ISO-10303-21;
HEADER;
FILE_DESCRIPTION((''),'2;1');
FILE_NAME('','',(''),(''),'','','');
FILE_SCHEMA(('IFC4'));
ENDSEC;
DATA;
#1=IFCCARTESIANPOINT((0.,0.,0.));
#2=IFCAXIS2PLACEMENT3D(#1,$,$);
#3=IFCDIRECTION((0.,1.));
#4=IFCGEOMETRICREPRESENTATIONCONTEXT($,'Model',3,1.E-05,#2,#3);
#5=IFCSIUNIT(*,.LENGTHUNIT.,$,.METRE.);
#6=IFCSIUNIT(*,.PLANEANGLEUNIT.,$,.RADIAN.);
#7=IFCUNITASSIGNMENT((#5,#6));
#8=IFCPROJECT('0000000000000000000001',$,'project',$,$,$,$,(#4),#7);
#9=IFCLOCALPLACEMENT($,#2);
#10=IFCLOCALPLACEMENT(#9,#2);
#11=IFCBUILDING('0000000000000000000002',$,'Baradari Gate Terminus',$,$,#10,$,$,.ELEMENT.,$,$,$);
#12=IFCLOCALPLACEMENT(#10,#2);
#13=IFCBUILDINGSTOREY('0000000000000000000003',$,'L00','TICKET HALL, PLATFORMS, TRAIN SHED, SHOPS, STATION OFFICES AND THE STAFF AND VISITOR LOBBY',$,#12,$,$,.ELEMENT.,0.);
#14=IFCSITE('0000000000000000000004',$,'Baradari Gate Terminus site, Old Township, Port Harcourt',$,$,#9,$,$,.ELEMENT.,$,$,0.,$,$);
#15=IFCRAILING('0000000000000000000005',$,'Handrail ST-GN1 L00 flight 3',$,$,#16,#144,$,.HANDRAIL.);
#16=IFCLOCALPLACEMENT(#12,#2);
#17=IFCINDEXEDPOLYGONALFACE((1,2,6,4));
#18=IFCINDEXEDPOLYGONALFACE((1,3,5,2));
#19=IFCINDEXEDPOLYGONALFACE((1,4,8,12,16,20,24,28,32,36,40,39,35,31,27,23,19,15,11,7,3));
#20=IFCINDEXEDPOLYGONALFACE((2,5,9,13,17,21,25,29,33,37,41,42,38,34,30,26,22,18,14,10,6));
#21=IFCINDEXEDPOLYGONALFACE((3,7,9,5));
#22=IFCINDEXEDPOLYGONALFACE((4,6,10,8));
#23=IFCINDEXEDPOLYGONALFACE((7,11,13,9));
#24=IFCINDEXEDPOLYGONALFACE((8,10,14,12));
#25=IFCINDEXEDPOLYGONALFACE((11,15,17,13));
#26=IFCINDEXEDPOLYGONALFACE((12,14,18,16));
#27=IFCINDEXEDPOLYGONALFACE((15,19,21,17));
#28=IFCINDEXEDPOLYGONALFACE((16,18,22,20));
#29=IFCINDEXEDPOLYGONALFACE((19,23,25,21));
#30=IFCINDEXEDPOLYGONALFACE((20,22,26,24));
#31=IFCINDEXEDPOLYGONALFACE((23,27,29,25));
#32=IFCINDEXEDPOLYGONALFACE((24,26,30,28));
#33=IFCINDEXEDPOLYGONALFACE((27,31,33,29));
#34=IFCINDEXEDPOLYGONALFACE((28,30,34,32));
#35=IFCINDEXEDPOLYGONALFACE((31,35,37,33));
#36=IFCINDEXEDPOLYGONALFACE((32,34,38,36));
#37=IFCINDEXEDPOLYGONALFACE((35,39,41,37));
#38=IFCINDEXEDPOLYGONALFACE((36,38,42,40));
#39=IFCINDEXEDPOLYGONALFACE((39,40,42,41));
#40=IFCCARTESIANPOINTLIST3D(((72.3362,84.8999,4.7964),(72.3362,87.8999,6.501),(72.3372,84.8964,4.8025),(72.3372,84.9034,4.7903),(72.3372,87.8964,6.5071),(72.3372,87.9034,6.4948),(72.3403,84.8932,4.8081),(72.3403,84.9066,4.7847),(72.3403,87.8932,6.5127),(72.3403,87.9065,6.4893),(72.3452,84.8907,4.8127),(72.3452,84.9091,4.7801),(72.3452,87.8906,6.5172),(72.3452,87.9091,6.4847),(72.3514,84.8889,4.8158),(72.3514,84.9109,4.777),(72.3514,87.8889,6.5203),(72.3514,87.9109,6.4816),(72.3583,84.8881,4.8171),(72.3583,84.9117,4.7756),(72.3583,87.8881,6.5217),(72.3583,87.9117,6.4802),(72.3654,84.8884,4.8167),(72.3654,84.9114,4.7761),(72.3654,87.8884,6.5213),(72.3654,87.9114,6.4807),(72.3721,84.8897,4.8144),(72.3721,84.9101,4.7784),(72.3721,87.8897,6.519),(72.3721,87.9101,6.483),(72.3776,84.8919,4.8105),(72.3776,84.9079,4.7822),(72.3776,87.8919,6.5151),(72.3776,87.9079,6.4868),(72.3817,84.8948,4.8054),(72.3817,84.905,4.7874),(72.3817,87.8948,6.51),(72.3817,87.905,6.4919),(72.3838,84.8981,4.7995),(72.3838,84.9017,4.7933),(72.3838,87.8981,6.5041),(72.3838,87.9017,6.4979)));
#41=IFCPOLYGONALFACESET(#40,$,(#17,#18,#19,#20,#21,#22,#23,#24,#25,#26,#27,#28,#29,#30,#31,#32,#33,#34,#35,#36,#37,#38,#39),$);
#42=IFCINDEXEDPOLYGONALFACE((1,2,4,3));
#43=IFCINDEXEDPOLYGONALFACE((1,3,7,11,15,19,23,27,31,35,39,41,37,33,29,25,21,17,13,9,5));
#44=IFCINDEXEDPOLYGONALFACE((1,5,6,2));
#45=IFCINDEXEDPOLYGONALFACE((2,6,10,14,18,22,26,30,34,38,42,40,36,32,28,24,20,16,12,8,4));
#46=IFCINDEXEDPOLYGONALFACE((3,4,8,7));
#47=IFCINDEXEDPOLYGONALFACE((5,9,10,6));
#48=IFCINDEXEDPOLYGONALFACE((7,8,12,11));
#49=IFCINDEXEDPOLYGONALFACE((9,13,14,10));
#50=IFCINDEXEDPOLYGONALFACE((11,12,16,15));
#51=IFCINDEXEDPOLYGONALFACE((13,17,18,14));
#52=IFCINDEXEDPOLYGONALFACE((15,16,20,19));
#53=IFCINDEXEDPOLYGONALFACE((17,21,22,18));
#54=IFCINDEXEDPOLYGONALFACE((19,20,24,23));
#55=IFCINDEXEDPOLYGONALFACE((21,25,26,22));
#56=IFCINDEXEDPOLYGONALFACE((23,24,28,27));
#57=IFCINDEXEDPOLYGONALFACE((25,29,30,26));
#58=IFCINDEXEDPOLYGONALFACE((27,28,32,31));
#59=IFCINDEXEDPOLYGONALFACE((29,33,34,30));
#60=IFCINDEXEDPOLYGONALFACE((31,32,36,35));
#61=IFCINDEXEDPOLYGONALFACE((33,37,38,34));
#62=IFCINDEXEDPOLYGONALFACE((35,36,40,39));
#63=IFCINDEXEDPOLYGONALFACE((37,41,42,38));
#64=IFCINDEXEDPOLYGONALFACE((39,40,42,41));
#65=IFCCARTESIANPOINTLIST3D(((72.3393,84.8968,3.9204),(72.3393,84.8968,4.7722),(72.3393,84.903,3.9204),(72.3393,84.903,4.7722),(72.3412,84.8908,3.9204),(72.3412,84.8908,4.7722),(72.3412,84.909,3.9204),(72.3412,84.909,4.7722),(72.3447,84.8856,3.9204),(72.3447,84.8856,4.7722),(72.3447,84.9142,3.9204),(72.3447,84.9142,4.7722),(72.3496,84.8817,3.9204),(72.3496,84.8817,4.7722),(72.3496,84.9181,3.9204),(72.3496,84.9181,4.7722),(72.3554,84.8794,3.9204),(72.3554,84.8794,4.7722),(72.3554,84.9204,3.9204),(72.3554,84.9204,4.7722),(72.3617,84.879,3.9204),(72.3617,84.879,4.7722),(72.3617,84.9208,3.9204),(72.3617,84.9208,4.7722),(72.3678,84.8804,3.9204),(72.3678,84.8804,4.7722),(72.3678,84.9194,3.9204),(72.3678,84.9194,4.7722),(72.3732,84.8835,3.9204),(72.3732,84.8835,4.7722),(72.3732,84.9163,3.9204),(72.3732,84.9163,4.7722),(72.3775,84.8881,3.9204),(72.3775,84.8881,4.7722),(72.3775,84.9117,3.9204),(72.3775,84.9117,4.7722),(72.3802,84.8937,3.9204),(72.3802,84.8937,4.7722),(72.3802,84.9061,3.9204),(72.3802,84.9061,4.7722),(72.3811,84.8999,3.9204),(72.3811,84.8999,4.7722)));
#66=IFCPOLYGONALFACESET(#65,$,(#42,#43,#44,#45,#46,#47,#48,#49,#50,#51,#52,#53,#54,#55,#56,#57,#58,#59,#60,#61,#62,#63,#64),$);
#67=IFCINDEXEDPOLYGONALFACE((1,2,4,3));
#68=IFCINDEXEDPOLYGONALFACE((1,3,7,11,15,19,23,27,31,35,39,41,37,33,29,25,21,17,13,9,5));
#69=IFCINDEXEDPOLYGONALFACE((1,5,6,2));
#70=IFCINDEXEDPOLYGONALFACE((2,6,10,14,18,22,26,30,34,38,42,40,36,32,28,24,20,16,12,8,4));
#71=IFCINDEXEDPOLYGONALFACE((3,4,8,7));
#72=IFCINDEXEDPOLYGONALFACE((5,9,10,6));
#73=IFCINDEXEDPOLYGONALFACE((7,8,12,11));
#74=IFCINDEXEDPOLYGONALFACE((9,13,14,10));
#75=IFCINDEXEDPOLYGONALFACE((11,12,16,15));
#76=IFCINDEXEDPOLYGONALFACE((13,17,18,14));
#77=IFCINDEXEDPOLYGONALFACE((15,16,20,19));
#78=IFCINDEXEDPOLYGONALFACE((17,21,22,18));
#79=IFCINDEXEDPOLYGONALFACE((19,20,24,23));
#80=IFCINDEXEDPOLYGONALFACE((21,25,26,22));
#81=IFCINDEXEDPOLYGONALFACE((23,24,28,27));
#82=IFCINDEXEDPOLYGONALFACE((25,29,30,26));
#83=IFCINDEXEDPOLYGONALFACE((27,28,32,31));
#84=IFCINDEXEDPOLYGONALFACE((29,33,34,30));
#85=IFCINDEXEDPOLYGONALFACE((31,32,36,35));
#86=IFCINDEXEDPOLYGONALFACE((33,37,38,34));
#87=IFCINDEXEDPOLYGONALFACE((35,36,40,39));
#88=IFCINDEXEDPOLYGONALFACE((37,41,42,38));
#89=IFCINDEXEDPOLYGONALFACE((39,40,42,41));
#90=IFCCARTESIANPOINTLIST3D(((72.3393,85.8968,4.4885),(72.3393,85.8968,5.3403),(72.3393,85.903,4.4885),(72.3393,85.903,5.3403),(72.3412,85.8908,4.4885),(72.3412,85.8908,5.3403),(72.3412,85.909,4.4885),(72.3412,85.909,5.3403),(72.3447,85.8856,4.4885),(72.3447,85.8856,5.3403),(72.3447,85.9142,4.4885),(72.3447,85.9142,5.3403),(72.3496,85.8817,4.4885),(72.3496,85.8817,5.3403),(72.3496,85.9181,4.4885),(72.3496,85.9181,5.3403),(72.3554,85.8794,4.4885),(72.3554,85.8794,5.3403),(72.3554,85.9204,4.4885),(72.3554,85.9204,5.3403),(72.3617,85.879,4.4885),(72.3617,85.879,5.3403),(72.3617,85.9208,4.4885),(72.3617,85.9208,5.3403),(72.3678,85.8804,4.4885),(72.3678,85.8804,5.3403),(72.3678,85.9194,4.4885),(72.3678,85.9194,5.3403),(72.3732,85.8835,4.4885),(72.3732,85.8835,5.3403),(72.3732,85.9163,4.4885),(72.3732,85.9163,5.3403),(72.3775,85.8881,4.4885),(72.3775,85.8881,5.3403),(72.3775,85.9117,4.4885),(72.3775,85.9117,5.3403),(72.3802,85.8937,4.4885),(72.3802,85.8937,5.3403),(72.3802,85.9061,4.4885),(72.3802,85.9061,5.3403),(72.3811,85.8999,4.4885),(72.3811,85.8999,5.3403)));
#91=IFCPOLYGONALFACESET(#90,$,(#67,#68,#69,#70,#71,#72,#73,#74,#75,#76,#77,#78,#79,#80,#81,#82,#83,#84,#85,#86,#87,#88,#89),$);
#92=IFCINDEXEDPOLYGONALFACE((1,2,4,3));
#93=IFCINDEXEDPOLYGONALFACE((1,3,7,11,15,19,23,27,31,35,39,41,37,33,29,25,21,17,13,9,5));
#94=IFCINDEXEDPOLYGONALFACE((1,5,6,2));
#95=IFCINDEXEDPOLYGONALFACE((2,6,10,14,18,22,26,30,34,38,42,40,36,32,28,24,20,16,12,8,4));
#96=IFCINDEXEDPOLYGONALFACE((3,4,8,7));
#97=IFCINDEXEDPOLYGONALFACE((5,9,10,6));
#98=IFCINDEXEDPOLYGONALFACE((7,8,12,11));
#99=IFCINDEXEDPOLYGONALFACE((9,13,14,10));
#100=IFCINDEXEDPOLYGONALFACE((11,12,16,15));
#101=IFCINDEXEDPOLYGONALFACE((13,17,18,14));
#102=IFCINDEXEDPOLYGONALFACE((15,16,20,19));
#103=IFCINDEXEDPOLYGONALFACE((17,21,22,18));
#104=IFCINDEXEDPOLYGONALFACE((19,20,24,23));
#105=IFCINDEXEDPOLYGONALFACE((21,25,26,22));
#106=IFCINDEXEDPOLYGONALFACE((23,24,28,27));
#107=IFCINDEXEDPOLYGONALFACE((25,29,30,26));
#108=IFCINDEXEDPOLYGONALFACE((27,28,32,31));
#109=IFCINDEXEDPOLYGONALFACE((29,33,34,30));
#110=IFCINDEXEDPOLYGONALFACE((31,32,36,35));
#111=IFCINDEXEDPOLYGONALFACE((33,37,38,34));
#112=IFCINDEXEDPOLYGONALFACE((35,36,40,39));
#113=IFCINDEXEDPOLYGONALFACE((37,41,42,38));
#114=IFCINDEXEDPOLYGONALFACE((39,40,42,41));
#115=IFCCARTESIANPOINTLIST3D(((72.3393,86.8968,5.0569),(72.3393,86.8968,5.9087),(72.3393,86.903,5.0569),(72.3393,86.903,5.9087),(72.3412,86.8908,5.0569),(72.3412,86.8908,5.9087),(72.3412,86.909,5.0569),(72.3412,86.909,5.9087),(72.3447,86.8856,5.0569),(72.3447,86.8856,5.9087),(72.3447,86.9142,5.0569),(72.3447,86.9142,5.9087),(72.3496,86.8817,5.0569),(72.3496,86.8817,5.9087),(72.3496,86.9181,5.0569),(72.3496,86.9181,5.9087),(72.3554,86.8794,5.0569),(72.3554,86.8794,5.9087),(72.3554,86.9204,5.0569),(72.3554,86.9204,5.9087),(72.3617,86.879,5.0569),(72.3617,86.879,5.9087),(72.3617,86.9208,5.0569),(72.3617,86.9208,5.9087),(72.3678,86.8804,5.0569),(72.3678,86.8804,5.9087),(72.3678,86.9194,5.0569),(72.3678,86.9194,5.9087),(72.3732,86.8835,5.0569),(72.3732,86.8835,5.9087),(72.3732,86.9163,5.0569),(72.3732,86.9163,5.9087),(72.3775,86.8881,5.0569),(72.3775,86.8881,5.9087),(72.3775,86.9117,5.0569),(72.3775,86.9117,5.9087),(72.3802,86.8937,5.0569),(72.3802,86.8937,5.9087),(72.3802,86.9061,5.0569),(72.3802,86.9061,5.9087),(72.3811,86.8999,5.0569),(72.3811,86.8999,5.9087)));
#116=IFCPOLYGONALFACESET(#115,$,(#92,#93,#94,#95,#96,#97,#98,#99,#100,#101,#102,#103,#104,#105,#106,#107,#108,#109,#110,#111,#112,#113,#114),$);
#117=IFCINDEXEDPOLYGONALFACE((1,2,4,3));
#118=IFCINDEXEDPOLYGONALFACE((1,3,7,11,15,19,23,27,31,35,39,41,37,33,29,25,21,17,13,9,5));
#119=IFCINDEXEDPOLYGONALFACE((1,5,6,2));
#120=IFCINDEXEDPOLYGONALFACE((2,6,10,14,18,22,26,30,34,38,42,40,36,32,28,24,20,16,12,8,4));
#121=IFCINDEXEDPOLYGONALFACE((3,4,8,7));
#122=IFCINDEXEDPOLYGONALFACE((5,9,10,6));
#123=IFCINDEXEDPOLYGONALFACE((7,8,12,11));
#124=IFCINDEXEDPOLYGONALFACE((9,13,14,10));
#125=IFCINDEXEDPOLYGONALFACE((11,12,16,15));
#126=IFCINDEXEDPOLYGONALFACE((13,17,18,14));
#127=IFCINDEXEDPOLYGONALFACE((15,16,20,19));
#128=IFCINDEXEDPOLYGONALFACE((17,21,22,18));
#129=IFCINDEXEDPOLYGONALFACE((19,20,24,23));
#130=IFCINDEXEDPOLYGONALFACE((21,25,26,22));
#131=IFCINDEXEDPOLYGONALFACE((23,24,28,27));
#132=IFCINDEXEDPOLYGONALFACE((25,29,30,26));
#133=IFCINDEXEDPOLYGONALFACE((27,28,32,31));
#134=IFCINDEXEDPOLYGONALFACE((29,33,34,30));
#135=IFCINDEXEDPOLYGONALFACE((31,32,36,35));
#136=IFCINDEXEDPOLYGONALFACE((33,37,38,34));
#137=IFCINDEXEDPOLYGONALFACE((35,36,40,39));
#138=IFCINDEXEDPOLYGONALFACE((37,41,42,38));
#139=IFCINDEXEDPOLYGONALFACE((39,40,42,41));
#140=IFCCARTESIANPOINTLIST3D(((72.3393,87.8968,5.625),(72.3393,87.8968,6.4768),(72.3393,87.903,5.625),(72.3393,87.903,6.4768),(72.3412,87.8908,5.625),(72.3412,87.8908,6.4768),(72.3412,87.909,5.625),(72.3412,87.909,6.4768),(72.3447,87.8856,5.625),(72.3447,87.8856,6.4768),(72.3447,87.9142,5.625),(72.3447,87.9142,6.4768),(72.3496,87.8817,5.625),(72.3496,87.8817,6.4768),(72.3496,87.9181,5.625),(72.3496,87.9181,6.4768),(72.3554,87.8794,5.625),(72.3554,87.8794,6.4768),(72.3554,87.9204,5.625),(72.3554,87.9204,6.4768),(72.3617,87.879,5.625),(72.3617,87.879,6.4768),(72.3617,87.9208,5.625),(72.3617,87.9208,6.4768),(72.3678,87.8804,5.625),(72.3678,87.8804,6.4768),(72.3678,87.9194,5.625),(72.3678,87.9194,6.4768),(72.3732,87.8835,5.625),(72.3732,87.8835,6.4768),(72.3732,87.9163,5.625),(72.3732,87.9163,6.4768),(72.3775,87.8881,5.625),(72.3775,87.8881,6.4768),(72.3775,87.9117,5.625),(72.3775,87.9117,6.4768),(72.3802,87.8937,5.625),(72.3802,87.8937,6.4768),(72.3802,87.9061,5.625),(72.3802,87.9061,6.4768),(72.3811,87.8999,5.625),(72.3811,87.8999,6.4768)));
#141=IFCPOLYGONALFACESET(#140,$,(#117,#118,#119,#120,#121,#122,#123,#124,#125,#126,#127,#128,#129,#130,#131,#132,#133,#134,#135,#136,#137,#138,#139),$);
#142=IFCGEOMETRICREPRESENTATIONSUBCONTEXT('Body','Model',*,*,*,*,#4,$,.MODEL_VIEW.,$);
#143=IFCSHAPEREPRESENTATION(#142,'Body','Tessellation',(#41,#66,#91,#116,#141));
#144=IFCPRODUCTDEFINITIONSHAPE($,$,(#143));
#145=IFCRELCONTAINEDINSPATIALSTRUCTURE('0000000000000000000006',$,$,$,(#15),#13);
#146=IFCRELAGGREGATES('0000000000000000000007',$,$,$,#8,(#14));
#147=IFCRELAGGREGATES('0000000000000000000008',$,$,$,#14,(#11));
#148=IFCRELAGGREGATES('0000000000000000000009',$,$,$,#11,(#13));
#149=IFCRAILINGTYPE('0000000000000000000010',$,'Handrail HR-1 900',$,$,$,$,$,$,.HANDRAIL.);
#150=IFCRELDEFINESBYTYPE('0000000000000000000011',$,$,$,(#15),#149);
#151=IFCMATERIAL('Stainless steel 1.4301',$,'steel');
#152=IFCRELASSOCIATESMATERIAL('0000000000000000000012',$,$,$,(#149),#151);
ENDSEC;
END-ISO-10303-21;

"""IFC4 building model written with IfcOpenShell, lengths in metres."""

from ifc_helpers import new_model, si_unit, direction, frame, origin, origin_2d, place, context, subcontext, project, spatial, circle, extrude, material, type_object, element, save


model = new_model("IFC4")

# Units and contexts
model_context = context("Model", 3, precision=1e-05, world=origin(), true_north=direction((0.0, 1.0)))
body_context = subcontext(model_context, "Body", "Model", "MODEL_VIEW")
ifc_project = project(units=[si_unit("LENGTHUNIT", "METRE"), si_unit("PLANEANGLEUNIT", "RADIAN")], contexts=[model_context])

# Site, building, storey
site_placement = place(None, origin())
site = spatial("IfcSite", under=ifc_project, at=site_placement, Name="Baradari Gate Terminus site, Old Township, Port Harcourt", CompositionType="ELEMENT", RefElevation=0.0)
building_placement = place(site_placement, origin())
building = spatial("IfcBuilding", under=site, at=building_placement, Name="Baradari Gate Terminus", CompositionType="ELEMENT")
storey_placement = place(building_placement, origin())
storey = spatial("IfcBuildingStorey", under=building, at=storey_placement, Name="L00", Description="TICKET HALL, PLATFORMS, TRAIN SHED, SHOPS, STATION OFFICES AND THE STAFF AND VISITOR LOBBY", CompositionType="ELEMENT", Elevation=0.0)

# Railing
ifc_material_1 = material(Name="Stainless steel 1.4301", Category="steel")
railing_type_1 = type_object("IfcRailingType", Name="Handrail HR-1 900", PredefinedType="HANDRAIL", material=ifc_material_1)
for number, where, name in (
    (1, (72.3601, 84.8999, 3.9204), "Handrail ST-GN1 L00 flight 3"),
):
    element("IfcRailing", number, at=place(storey_placement, frame(where)), inside=storey, type_object=railing_type_1, Name=name, PredefinedType="HANDRAIL", context=body_context, shape_type="SweptSolid", body=[
        extrude(circle(Radius=0.0239, at=origin_2d()), frame((0.0, 0.0, 0.876), z_axis=(0.0, 0.869451, 0.494019), x_axis=(-1.0, 0.0, 0.0)), (0.0, 0.0, 1.0), 3.4504),
        extrude(circle(Radius=0.021, at=origin_2d()), origin(), (0.0, 0.0, 1.0), 0.8518),
        extrude(circle(Radius=0.021, at=origin_2d()), frame((0.0, 1.0, 0.5681)), (0.0, 0.0, 1.0), 0.8518),
        extrude(circle(Radius=0.021, at=origin_2d()), frame((0.0, 2.0, 1.1365)), (0.0, 0.0, 1.0), 0.8518),
        extrude(circle(Radius=0.021, at=origin_2d()), frame((0.0, 3.0, 1.7046)), (0.0, 0.0, 1.0), 0.8518),
    ])

save(model, "model.ifc")
